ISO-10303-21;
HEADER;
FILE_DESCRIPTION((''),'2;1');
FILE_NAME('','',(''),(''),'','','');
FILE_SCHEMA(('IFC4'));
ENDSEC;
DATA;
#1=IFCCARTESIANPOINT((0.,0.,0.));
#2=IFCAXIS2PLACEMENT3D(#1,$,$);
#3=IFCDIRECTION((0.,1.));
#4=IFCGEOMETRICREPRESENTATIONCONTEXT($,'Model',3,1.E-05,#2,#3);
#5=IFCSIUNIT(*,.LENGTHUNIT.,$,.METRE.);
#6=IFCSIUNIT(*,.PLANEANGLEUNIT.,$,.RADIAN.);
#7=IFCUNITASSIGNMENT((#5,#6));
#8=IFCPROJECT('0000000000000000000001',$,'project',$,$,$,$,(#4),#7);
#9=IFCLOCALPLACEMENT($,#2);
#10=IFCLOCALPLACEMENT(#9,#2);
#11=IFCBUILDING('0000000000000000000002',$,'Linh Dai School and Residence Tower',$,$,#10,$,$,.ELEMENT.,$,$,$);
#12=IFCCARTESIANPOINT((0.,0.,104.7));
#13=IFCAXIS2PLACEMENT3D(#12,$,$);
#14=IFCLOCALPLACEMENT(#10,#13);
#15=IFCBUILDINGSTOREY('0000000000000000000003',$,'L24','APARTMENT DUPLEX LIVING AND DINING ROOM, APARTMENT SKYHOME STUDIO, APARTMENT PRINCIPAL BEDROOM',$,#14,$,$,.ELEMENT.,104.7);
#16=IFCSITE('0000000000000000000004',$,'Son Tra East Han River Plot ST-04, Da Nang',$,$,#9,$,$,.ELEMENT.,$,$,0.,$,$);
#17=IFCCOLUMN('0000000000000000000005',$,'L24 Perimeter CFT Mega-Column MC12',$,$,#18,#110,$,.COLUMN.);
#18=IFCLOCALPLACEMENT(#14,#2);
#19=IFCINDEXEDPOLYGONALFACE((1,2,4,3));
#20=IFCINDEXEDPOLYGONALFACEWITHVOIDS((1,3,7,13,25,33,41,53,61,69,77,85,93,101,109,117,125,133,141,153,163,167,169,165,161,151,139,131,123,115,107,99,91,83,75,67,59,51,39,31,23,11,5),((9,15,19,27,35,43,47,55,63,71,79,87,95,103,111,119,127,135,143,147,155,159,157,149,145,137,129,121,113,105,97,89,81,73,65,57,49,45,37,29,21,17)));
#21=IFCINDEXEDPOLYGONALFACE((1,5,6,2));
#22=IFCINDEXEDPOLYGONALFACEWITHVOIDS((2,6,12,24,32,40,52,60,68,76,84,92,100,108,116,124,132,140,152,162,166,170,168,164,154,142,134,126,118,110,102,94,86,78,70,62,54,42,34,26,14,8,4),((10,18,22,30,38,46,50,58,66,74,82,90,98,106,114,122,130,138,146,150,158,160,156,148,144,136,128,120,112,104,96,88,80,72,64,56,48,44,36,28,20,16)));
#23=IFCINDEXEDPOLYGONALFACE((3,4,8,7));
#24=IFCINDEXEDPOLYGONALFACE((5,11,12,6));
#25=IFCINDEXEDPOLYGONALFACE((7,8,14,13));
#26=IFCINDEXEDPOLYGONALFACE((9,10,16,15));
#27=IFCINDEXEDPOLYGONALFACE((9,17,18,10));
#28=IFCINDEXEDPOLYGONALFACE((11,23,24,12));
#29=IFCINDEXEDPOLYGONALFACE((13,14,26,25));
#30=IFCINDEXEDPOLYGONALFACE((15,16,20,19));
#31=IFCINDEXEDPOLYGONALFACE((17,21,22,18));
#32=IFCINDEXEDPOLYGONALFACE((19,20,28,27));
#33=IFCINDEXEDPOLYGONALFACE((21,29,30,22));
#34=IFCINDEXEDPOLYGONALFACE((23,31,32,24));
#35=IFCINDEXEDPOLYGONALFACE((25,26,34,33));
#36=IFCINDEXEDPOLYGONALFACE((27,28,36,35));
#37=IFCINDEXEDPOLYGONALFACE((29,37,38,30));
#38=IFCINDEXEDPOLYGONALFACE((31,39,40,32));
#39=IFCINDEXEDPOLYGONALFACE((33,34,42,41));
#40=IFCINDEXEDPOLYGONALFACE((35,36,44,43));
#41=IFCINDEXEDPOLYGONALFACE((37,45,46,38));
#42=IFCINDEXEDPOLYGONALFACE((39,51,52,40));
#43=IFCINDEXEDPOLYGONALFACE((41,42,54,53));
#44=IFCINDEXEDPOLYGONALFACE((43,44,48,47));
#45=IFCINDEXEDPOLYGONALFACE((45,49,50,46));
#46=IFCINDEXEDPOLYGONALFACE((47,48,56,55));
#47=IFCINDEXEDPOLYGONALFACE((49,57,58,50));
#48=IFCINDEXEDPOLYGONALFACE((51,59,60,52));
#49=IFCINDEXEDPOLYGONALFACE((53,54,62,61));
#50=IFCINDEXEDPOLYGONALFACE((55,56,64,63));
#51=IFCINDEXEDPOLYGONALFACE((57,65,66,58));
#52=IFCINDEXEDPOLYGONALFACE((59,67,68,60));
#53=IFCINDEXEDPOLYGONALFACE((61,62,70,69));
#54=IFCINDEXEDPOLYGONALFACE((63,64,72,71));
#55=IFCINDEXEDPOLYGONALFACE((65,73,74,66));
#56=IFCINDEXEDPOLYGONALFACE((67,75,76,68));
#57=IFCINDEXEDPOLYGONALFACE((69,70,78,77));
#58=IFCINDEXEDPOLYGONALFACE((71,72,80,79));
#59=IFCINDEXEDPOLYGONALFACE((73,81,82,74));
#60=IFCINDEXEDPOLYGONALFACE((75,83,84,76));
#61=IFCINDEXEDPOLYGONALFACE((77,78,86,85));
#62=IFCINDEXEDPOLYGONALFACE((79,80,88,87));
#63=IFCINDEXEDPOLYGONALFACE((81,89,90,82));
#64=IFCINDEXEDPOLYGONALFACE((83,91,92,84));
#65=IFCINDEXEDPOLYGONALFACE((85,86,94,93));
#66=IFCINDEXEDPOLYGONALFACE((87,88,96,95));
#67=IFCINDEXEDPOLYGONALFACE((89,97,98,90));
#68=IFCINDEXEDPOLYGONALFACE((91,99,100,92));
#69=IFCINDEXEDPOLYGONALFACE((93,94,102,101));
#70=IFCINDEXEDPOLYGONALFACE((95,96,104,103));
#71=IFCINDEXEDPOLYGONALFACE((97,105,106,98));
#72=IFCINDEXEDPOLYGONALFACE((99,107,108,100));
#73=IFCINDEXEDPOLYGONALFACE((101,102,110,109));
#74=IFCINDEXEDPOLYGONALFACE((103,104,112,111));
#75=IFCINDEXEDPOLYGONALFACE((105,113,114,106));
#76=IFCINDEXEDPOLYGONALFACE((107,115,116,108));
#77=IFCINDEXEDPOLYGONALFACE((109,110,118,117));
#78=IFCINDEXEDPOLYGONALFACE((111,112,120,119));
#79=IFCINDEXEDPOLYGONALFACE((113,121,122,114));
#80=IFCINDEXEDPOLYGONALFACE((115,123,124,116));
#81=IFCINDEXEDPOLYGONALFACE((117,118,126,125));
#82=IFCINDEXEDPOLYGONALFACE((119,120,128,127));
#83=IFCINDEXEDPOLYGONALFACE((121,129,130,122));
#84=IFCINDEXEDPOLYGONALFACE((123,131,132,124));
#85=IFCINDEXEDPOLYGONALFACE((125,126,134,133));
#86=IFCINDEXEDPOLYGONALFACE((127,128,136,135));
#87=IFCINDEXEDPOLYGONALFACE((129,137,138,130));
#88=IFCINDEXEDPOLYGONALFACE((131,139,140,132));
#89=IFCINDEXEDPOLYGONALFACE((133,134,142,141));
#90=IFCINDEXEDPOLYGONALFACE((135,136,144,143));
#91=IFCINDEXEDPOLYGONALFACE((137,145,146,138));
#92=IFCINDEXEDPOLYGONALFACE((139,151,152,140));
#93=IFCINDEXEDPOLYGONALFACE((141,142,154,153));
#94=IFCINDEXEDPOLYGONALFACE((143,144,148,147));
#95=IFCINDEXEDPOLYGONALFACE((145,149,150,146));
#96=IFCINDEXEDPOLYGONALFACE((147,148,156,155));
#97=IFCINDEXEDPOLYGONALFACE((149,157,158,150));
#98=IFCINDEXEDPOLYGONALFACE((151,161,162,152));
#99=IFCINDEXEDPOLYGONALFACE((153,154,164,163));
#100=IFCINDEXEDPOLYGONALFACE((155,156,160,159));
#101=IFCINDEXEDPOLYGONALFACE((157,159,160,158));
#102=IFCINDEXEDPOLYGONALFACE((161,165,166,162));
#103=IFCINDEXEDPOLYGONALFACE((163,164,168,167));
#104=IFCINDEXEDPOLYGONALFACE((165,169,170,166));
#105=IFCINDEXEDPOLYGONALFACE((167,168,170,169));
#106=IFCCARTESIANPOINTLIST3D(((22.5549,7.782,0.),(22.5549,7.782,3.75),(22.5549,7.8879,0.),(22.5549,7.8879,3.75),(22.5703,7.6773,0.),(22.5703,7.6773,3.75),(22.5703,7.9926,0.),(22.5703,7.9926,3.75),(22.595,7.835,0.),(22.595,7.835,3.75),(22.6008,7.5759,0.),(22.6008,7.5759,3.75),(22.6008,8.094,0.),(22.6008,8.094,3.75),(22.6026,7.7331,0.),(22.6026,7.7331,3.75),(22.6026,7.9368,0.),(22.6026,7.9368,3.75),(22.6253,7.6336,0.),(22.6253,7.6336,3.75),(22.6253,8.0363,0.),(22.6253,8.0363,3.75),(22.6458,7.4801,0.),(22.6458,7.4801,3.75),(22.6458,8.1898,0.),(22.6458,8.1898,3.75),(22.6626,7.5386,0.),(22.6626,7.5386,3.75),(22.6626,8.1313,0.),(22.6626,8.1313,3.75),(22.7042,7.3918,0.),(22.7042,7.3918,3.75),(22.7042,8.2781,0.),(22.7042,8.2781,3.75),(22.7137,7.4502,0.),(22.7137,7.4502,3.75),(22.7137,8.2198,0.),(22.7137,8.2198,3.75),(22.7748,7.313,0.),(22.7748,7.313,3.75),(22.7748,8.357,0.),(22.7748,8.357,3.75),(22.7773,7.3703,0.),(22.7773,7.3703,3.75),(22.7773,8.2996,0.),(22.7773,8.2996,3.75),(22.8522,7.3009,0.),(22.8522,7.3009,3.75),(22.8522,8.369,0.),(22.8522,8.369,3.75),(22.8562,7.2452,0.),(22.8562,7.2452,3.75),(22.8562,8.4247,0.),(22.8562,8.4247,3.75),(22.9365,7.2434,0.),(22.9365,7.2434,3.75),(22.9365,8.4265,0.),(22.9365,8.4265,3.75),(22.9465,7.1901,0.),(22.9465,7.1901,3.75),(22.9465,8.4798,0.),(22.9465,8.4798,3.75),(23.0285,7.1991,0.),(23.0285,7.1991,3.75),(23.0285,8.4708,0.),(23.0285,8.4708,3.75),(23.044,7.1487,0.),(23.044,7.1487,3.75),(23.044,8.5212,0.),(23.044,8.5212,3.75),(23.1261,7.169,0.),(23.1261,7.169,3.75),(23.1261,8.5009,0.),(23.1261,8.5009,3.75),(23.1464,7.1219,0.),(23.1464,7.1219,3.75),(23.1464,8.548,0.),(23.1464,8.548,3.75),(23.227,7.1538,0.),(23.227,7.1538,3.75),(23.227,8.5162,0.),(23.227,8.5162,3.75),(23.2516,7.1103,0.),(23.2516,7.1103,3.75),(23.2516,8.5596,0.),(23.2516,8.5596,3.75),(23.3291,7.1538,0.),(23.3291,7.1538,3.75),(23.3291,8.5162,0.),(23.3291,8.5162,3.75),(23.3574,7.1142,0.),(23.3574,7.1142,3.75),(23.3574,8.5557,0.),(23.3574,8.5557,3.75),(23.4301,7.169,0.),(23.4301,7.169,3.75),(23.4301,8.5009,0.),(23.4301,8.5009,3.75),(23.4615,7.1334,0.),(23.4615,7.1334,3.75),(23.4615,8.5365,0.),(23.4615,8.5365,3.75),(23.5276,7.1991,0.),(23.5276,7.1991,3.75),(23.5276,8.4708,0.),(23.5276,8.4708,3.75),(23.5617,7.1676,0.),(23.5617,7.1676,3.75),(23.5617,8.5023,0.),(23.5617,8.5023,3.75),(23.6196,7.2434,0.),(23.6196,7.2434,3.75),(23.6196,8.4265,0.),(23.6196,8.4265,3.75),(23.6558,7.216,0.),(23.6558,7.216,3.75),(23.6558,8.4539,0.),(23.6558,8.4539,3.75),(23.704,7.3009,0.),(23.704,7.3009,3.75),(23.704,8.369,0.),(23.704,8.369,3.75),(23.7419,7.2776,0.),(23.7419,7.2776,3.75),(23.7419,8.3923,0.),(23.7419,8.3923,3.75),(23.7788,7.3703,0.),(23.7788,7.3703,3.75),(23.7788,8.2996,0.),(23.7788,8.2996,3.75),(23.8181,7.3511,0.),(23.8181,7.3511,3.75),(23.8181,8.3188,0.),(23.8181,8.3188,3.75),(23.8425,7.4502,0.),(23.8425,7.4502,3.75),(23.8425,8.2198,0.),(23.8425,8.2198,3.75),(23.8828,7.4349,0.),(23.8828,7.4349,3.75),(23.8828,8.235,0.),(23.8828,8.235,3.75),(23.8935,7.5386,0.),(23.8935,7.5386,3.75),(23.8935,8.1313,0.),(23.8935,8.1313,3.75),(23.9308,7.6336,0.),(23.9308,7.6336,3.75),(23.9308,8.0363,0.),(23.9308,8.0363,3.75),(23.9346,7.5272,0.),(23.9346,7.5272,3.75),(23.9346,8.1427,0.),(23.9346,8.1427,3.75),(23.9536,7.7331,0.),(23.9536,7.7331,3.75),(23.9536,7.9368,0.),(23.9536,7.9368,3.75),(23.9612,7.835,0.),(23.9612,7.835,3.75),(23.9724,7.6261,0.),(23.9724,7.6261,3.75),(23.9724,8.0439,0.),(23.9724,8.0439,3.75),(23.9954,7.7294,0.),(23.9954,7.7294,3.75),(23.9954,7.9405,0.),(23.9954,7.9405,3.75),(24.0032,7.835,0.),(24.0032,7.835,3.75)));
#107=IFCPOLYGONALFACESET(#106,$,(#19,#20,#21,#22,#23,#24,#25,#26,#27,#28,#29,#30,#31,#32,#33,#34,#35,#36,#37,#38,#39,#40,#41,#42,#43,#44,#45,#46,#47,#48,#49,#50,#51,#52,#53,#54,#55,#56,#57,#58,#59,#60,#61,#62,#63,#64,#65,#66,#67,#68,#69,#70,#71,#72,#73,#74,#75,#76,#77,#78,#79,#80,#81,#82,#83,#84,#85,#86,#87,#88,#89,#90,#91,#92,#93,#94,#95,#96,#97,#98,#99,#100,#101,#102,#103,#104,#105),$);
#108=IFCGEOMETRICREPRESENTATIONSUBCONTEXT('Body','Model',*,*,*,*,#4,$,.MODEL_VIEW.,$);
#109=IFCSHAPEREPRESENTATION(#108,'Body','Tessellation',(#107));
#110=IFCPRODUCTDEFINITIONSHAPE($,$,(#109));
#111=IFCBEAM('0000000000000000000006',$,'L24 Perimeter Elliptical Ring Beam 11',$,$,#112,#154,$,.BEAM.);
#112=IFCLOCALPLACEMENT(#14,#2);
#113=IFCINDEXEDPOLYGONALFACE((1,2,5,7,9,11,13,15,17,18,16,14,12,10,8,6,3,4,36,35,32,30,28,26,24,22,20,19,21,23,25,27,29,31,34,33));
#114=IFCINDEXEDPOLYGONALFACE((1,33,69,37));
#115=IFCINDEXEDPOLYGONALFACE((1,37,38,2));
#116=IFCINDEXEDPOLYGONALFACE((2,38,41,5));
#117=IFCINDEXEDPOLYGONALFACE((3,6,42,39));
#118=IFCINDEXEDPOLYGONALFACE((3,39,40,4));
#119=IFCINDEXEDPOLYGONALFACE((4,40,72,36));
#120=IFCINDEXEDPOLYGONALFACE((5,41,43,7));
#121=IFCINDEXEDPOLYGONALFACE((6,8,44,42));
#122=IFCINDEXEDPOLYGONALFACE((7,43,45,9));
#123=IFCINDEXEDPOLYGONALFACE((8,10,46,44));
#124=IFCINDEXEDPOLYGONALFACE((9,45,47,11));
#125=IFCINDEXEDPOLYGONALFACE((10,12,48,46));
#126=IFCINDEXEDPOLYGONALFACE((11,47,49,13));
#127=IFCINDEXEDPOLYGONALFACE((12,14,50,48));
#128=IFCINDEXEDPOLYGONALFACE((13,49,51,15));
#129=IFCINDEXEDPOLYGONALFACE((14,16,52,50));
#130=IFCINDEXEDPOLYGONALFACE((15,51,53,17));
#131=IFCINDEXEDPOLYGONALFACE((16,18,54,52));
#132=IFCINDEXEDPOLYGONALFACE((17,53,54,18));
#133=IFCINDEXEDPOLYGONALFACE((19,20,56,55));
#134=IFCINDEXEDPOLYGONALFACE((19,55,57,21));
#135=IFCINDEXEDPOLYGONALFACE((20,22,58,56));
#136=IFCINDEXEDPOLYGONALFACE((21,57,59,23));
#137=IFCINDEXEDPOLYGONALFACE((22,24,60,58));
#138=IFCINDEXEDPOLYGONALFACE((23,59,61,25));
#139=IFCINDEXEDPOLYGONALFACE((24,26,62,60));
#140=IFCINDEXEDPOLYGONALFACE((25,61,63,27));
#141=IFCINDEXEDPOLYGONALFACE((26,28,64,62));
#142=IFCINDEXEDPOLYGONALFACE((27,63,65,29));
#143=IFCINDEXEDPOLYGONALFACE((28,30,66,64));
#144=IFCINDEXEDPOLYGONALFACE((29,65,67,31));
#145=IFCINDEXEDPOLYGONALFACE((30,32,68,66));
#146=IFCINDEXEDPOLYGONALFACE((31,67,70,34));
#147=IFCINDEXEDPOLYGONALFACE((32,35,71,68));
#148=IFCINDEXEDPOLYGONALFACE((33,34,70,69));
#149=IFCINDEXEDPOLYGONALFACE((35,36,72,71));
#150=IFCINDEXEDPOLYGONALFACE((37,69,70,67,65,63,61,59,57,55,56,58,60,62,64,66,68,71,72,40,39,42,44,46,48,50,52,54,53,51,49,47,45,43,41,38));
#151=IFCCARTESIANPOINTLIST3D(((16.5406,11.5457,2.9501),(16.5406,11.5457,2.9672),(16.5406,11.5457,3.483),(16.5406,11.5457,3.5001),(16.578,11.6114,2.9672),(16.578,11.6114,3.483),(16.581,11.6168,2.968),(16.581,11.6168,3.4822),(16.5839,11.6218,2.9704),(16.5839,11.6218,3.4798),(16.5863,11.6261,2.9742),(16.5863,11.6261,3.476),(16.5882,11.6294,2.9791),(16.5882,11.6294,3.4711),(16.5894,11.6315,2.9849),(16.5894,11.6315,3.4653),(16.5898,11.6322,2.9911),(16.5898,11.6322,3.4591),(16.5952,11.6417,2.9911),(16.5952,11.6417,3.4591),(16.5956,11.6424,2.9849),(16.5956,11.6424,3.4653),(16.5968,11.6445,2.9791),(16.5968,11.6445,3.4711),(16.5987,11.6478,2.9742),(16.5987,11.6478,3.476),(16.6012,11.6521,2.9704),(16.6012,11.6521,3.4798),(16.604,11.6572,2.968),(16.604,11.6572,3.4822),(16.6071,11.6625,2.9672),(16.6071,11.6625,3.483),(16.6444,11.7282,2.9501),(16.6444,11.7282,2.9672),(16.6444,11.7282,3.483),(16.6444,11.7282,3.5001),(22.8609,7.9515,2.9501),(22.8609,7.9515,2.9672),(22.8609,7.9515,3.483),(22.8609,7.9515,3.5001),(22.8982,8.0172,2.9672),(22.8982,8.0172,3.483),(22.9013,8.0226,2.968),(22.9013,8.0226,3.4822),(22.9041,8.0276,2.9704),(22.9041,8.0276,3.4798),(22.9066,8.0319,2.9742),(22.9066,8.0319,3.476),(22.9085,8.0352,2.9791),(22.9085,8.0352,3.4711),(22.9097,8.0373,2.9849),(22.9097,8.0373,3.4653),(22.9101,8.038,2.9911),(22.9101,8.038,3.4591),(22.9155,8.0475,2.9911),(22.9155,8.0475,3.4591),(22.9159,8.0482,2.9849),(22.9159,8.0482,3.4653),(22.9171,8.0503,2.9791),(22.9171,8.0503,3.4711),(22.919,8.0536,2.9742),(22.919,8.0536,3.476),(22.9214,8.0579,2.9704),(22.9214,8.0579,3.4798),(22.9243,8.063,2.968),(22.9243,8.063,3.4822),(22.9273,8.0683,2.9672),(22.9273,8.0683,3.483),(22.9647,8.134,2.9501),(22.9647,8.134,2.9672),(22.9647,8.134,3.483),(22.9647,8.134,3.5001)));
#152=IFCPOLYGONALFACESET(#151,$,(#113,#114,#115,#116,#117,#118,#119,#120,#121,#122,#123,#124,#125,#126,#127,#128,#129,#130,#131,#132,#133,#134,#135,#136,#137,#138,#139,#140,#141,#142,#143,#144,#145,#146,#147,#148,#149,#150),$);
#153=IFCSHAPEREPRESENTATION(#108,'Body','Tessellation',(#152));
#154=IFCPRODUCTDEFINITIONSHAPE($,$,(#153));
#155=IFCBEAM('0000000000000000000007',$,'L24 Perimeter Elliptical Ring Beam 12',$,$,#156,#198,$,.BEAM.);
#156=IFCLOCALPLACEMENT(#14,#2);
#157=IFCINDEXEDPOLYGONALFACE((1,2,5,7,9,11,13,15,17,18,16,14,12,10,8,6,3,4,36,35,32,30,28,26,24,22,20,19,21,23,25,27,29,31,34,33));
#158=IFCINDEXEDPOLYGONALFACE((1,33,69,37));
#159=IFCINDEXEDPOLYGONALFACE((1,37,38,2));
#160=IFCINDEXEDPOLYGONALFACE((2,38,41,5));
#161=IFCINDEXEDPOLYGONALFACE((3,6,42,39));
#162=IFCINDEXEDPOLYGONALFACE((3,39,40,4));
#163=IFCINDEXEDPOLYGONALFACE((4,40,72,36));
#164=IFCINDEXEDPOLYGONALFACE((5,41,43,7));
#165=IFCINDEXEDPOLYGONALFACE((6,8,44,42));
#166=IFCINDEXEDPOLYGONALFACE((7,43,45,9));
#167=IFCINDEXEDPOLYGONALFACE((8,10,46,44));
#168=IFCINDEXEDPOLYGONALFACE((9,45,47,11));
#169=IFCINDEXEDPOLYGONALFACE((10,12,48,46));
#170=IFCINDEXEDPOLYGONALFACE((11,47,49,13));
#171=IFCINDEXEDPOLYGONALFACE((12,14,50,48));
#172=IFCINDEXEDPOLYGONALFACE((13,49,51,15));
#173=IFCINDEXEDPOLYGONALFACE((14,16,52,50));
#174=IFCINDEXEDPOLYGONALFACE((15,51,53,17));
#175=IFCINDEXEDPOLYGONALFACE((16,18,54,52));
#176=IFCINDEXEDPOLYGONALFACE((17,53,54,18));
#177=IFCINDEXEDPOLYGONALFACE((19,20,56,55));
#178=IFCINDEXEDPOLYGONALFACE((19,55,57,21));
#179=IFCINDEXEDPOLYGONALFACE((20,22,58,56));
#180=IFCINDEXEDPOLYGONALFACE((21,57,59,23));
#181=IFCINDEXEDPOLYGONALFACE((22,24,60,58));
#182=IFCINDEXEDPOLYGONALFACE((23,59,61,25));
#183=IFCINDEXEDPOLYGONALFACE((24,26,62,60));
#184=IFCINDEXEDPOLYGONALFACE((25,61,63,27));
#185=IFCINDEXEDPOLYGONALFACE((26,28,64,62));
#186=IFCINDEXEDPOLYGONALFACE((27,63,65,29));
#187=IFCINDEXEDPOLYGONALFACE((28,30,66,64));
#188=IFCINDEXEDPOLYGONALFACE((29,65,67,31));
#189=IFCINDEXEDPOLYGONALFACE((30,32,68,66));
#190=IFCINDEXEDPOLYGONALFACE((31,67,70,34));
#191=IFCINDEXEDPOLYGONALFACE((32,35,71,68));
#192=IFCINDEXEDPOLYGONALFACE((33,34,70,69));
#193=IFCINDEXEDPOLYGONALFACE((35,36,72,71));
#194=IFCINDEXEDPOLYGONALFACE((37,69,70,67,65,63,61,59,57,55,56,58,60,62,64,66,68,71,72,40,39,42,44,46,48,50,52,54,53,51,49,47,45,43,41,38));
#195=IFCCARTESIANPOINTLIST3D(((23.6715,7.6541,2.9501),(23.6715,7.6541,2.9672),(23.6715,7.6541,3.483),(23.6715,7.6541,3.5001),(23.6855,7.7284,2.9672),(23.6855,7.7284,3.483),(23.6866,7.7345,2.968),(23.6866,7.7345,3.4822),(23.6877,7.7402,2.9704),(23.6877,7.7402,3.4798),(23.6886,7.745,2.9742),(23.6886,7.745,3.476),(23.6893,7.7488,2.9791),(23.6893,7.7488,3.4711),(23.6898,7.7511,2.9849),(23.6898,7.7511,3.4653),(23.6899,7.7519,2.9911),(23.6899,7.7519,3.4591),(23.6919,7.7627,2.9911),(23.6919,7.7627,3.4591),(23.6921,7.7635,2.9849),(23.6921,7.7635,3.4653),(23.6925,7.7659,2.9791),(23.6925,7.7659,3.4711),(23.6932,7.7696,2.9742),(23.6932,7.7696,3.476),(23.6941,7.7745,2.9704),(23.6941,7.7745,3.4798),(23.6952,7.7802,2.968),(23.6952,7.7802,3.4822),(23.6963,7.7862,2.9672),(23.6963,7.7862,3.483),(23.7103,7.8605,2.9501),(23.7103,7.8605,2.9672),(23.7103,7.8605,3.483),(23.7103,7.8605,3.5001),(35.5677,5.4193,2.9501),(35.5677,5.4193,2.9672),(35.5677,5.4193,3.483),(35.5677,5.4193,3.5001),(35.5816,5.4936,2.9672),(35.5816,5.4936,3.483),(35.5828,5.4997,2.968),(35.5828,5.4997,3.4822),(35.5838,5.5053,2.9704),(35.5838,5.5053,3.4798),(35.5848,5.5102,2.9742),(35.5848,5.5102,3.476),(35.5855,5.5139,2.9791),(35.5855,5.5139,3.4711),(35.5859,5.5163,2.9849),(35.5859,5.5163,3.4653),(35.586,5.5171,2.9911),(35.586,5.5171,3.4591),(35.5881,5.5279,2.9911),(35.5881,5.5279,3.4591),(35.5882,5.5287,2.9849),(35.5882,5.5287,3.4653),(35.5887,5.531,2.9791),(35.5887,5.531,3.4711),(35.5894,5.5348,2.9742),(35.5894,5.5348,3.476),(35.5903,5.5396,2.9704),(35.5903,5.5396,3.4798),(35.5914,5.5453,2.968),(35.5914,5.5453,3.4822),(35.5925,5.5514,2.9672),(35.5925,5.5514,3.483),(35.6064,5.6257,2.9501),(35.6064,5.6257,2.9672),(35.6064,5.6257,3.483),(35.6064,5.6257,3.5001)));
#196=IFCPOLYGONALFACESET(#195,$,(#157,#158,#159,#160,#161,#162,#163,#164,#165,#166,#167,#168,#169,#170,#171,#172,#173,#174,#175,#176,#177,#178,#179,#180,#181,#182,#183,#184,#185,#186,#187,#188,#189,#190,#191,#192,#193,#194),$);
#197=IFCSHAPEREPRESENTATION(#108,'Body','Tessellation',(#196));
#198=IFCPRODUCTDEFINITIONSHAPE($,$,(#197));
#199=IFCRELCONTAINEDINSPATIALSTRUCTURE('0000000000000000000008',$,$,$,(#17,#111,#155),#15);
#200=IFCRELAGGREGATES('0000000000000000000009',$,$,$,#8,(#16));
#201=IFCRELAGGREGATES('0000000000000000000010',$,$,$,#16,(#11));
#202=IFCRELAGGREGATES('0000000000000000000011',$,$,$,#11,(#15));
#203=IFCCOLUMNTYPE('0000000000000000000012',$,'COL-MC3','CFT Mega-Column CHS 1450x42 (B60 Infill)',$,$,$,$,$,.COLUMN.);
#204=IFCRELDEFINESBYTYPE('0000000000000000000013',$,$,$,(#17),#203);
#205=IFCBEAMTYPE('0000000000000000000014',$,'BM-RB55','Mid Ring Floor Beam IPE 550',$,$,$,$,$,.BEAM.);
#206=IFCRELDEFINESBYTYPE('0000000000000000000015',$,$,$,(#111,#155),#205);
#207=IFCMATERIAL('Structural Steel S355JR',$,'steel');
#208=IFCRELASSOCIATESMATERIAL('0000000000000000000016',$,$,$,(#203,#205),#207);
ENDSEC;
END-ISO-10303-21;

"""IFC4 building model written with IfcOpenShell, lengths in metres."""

from ifc_helpers import new_model, si_unit, direction, frame, origin, origin_2d, place, context, subcontext, project, spatial, hollow_circle, i_section, extrude, material, material_profile, profile_set, type_object, element, save


model = new_model("IFC4")

# Units and contexts
model_context = context("Model", 3, precision=1e-05, world=origin(), true_north=direction((0.0, 1.0)))
body_context = subcontext(model_context, "Body", "Model", "MODEL_VIEW")
ifc_project = project(units=[si_unit("LENGTHUNIT", "METRE"), si_unit("PLANEANGLEUNIT", "RADIAN")], contexts=[model_context])

# Site, building, storey
site_placement = place(None, origin())
site = spatial("IfcSite", under=ifc_project, at=site_placement, Name="Son Tra East Han River Plot ST-04, Da Nang", CompositionType="ELEMENT", RefElevation=0.0)
building_placement = place(site_placement, origin())
building = spatial("IfcBuilding", under=site, at=building_placement, Name="Linh Dai School and Residence Tower", CompositionType="ELEMENT")
storey_placement = place(building_placement, frame((0.0, 0.0, 104.7)))
storey = spatial("IfcBuildingStorey", under=building, at=storey_placement, Name="L24", Description="APARTMENT DUPLEX LIVING AND DINING ROOM, APARTMENT SKYHOME STUDIO, APARTMENT PRINCIPAL BEDROOM", CompositionType="ELEMENT", Elevation=104.7)

# Column
ifc_material_1 = material(Name="Structural Steel S355JR", Category="steel")
ifc_material_profile_1 = material_profile(ifc_material_1, hollow_circle(Radius=0.7251, WallThickness=0.042, at=origin_2d()), Name="CHS 1450x42")
ifc_profile_set_1 = profile_set([ifc_material_profile_1], Name="Structural Steel S355JR")
column_type_1 = type_object("IfcColumnType", Name="COL-MC3", Description="CFT Mega-Column CHS 1450x42 (B60 Infill)", PredefinedType="COLUMN", material=ifc_profile_set_1)
for number, where, z_axis, x_axis, name in (
    (1, (23.2781, 7.835, 0.0), (0.0, 0.0, 1.0), (1.0, 0.0, 0.0), "L24 Perimeter CFT Mega-Column MC12"),
):
    element("IfcColumn", number, at=place(storey_placement, frame(where, z_axis=z_axis, x_axis=x_axis)), inside=storey, type_object=column_type_1, Name=name, PredefinedType="COLUMN", context=body_context, shape_type="SweptSolid", body=[
        extrude(hollow_circle(Radius=0.7251, WallThickness=0.042, at=origin_2d()), origin(), (0.0, 0.0, 1.0), 3.75),
    ])

# Beams
ifc_material_profile_2 = material_profile(ifc_material_1, i_section(OverallWidth=0.21, OverallDepth=0.55, WebThickness=0.011, FlangeThickness=0.0171, FilletRadius=0.0239, at=origin_2d()), Name="IPE 550")
ifc_profile_set_2 = profile_set([ifc_material_profile_2], Name="Structural Steel S355JR")
beam_type_1 = type_object("IfcBeamType", Name="BM-RB55", Description="Mid Ring Floor Beam IPE 550", PredefinedType="BEAM", material=ifc_profile_set_2)
beam_1_placement = place(storey_placement, frame((16.5925, 11.637, 3.2251), z_axis=(0.86927, -0.494337, 0.0), x_axis=(0.494337, 0.86927, 0.0)))
element("IfcBeam", 2, at=beam_1_placement, inside=storey, type_object=beam_type_1, Name="L24 Perimeter Elliptical Ring Beam 11", PredefinedType="BEAM", context=body_context, shape_type="SweptSolid", body=[
    extrude(i_section(OverallWidth=0.21, OverallDepth=0.55, WebThickness=0.011, FlangeThickness=0.0171, FilletRadius=0.0239, at=origin_2d()), origin(), (0.0, 0.0, 1.0), 7.2708),
])
beam_2_placement = place(storey_placement, frame((23.6909, 7.7573, 3.2251), z_axis=(0.982808, -0.184633, 0.0), x_axis=(0.184633, 0.982808, 0.0)))
element("IfcBeam", 3, at=beam_2_placement, inside=storey, type_object=beam_type_1, Name="L24 Perimeter Elliptical Ring Beam 12", PredefinedType="BEAM", context=body_context, shape_type="SweptSolid", body=[
    extrude(i_section(OverallWidth=0.21, OverallDepth=0.55, WebThickness=0.011, FlangeThickness=0.0171, FilletRadius=0.0239, at=origin_2d()), origin(), (0.0, 0.0, 1.0), 12.1042),
])

save(model, "model.ifc")
